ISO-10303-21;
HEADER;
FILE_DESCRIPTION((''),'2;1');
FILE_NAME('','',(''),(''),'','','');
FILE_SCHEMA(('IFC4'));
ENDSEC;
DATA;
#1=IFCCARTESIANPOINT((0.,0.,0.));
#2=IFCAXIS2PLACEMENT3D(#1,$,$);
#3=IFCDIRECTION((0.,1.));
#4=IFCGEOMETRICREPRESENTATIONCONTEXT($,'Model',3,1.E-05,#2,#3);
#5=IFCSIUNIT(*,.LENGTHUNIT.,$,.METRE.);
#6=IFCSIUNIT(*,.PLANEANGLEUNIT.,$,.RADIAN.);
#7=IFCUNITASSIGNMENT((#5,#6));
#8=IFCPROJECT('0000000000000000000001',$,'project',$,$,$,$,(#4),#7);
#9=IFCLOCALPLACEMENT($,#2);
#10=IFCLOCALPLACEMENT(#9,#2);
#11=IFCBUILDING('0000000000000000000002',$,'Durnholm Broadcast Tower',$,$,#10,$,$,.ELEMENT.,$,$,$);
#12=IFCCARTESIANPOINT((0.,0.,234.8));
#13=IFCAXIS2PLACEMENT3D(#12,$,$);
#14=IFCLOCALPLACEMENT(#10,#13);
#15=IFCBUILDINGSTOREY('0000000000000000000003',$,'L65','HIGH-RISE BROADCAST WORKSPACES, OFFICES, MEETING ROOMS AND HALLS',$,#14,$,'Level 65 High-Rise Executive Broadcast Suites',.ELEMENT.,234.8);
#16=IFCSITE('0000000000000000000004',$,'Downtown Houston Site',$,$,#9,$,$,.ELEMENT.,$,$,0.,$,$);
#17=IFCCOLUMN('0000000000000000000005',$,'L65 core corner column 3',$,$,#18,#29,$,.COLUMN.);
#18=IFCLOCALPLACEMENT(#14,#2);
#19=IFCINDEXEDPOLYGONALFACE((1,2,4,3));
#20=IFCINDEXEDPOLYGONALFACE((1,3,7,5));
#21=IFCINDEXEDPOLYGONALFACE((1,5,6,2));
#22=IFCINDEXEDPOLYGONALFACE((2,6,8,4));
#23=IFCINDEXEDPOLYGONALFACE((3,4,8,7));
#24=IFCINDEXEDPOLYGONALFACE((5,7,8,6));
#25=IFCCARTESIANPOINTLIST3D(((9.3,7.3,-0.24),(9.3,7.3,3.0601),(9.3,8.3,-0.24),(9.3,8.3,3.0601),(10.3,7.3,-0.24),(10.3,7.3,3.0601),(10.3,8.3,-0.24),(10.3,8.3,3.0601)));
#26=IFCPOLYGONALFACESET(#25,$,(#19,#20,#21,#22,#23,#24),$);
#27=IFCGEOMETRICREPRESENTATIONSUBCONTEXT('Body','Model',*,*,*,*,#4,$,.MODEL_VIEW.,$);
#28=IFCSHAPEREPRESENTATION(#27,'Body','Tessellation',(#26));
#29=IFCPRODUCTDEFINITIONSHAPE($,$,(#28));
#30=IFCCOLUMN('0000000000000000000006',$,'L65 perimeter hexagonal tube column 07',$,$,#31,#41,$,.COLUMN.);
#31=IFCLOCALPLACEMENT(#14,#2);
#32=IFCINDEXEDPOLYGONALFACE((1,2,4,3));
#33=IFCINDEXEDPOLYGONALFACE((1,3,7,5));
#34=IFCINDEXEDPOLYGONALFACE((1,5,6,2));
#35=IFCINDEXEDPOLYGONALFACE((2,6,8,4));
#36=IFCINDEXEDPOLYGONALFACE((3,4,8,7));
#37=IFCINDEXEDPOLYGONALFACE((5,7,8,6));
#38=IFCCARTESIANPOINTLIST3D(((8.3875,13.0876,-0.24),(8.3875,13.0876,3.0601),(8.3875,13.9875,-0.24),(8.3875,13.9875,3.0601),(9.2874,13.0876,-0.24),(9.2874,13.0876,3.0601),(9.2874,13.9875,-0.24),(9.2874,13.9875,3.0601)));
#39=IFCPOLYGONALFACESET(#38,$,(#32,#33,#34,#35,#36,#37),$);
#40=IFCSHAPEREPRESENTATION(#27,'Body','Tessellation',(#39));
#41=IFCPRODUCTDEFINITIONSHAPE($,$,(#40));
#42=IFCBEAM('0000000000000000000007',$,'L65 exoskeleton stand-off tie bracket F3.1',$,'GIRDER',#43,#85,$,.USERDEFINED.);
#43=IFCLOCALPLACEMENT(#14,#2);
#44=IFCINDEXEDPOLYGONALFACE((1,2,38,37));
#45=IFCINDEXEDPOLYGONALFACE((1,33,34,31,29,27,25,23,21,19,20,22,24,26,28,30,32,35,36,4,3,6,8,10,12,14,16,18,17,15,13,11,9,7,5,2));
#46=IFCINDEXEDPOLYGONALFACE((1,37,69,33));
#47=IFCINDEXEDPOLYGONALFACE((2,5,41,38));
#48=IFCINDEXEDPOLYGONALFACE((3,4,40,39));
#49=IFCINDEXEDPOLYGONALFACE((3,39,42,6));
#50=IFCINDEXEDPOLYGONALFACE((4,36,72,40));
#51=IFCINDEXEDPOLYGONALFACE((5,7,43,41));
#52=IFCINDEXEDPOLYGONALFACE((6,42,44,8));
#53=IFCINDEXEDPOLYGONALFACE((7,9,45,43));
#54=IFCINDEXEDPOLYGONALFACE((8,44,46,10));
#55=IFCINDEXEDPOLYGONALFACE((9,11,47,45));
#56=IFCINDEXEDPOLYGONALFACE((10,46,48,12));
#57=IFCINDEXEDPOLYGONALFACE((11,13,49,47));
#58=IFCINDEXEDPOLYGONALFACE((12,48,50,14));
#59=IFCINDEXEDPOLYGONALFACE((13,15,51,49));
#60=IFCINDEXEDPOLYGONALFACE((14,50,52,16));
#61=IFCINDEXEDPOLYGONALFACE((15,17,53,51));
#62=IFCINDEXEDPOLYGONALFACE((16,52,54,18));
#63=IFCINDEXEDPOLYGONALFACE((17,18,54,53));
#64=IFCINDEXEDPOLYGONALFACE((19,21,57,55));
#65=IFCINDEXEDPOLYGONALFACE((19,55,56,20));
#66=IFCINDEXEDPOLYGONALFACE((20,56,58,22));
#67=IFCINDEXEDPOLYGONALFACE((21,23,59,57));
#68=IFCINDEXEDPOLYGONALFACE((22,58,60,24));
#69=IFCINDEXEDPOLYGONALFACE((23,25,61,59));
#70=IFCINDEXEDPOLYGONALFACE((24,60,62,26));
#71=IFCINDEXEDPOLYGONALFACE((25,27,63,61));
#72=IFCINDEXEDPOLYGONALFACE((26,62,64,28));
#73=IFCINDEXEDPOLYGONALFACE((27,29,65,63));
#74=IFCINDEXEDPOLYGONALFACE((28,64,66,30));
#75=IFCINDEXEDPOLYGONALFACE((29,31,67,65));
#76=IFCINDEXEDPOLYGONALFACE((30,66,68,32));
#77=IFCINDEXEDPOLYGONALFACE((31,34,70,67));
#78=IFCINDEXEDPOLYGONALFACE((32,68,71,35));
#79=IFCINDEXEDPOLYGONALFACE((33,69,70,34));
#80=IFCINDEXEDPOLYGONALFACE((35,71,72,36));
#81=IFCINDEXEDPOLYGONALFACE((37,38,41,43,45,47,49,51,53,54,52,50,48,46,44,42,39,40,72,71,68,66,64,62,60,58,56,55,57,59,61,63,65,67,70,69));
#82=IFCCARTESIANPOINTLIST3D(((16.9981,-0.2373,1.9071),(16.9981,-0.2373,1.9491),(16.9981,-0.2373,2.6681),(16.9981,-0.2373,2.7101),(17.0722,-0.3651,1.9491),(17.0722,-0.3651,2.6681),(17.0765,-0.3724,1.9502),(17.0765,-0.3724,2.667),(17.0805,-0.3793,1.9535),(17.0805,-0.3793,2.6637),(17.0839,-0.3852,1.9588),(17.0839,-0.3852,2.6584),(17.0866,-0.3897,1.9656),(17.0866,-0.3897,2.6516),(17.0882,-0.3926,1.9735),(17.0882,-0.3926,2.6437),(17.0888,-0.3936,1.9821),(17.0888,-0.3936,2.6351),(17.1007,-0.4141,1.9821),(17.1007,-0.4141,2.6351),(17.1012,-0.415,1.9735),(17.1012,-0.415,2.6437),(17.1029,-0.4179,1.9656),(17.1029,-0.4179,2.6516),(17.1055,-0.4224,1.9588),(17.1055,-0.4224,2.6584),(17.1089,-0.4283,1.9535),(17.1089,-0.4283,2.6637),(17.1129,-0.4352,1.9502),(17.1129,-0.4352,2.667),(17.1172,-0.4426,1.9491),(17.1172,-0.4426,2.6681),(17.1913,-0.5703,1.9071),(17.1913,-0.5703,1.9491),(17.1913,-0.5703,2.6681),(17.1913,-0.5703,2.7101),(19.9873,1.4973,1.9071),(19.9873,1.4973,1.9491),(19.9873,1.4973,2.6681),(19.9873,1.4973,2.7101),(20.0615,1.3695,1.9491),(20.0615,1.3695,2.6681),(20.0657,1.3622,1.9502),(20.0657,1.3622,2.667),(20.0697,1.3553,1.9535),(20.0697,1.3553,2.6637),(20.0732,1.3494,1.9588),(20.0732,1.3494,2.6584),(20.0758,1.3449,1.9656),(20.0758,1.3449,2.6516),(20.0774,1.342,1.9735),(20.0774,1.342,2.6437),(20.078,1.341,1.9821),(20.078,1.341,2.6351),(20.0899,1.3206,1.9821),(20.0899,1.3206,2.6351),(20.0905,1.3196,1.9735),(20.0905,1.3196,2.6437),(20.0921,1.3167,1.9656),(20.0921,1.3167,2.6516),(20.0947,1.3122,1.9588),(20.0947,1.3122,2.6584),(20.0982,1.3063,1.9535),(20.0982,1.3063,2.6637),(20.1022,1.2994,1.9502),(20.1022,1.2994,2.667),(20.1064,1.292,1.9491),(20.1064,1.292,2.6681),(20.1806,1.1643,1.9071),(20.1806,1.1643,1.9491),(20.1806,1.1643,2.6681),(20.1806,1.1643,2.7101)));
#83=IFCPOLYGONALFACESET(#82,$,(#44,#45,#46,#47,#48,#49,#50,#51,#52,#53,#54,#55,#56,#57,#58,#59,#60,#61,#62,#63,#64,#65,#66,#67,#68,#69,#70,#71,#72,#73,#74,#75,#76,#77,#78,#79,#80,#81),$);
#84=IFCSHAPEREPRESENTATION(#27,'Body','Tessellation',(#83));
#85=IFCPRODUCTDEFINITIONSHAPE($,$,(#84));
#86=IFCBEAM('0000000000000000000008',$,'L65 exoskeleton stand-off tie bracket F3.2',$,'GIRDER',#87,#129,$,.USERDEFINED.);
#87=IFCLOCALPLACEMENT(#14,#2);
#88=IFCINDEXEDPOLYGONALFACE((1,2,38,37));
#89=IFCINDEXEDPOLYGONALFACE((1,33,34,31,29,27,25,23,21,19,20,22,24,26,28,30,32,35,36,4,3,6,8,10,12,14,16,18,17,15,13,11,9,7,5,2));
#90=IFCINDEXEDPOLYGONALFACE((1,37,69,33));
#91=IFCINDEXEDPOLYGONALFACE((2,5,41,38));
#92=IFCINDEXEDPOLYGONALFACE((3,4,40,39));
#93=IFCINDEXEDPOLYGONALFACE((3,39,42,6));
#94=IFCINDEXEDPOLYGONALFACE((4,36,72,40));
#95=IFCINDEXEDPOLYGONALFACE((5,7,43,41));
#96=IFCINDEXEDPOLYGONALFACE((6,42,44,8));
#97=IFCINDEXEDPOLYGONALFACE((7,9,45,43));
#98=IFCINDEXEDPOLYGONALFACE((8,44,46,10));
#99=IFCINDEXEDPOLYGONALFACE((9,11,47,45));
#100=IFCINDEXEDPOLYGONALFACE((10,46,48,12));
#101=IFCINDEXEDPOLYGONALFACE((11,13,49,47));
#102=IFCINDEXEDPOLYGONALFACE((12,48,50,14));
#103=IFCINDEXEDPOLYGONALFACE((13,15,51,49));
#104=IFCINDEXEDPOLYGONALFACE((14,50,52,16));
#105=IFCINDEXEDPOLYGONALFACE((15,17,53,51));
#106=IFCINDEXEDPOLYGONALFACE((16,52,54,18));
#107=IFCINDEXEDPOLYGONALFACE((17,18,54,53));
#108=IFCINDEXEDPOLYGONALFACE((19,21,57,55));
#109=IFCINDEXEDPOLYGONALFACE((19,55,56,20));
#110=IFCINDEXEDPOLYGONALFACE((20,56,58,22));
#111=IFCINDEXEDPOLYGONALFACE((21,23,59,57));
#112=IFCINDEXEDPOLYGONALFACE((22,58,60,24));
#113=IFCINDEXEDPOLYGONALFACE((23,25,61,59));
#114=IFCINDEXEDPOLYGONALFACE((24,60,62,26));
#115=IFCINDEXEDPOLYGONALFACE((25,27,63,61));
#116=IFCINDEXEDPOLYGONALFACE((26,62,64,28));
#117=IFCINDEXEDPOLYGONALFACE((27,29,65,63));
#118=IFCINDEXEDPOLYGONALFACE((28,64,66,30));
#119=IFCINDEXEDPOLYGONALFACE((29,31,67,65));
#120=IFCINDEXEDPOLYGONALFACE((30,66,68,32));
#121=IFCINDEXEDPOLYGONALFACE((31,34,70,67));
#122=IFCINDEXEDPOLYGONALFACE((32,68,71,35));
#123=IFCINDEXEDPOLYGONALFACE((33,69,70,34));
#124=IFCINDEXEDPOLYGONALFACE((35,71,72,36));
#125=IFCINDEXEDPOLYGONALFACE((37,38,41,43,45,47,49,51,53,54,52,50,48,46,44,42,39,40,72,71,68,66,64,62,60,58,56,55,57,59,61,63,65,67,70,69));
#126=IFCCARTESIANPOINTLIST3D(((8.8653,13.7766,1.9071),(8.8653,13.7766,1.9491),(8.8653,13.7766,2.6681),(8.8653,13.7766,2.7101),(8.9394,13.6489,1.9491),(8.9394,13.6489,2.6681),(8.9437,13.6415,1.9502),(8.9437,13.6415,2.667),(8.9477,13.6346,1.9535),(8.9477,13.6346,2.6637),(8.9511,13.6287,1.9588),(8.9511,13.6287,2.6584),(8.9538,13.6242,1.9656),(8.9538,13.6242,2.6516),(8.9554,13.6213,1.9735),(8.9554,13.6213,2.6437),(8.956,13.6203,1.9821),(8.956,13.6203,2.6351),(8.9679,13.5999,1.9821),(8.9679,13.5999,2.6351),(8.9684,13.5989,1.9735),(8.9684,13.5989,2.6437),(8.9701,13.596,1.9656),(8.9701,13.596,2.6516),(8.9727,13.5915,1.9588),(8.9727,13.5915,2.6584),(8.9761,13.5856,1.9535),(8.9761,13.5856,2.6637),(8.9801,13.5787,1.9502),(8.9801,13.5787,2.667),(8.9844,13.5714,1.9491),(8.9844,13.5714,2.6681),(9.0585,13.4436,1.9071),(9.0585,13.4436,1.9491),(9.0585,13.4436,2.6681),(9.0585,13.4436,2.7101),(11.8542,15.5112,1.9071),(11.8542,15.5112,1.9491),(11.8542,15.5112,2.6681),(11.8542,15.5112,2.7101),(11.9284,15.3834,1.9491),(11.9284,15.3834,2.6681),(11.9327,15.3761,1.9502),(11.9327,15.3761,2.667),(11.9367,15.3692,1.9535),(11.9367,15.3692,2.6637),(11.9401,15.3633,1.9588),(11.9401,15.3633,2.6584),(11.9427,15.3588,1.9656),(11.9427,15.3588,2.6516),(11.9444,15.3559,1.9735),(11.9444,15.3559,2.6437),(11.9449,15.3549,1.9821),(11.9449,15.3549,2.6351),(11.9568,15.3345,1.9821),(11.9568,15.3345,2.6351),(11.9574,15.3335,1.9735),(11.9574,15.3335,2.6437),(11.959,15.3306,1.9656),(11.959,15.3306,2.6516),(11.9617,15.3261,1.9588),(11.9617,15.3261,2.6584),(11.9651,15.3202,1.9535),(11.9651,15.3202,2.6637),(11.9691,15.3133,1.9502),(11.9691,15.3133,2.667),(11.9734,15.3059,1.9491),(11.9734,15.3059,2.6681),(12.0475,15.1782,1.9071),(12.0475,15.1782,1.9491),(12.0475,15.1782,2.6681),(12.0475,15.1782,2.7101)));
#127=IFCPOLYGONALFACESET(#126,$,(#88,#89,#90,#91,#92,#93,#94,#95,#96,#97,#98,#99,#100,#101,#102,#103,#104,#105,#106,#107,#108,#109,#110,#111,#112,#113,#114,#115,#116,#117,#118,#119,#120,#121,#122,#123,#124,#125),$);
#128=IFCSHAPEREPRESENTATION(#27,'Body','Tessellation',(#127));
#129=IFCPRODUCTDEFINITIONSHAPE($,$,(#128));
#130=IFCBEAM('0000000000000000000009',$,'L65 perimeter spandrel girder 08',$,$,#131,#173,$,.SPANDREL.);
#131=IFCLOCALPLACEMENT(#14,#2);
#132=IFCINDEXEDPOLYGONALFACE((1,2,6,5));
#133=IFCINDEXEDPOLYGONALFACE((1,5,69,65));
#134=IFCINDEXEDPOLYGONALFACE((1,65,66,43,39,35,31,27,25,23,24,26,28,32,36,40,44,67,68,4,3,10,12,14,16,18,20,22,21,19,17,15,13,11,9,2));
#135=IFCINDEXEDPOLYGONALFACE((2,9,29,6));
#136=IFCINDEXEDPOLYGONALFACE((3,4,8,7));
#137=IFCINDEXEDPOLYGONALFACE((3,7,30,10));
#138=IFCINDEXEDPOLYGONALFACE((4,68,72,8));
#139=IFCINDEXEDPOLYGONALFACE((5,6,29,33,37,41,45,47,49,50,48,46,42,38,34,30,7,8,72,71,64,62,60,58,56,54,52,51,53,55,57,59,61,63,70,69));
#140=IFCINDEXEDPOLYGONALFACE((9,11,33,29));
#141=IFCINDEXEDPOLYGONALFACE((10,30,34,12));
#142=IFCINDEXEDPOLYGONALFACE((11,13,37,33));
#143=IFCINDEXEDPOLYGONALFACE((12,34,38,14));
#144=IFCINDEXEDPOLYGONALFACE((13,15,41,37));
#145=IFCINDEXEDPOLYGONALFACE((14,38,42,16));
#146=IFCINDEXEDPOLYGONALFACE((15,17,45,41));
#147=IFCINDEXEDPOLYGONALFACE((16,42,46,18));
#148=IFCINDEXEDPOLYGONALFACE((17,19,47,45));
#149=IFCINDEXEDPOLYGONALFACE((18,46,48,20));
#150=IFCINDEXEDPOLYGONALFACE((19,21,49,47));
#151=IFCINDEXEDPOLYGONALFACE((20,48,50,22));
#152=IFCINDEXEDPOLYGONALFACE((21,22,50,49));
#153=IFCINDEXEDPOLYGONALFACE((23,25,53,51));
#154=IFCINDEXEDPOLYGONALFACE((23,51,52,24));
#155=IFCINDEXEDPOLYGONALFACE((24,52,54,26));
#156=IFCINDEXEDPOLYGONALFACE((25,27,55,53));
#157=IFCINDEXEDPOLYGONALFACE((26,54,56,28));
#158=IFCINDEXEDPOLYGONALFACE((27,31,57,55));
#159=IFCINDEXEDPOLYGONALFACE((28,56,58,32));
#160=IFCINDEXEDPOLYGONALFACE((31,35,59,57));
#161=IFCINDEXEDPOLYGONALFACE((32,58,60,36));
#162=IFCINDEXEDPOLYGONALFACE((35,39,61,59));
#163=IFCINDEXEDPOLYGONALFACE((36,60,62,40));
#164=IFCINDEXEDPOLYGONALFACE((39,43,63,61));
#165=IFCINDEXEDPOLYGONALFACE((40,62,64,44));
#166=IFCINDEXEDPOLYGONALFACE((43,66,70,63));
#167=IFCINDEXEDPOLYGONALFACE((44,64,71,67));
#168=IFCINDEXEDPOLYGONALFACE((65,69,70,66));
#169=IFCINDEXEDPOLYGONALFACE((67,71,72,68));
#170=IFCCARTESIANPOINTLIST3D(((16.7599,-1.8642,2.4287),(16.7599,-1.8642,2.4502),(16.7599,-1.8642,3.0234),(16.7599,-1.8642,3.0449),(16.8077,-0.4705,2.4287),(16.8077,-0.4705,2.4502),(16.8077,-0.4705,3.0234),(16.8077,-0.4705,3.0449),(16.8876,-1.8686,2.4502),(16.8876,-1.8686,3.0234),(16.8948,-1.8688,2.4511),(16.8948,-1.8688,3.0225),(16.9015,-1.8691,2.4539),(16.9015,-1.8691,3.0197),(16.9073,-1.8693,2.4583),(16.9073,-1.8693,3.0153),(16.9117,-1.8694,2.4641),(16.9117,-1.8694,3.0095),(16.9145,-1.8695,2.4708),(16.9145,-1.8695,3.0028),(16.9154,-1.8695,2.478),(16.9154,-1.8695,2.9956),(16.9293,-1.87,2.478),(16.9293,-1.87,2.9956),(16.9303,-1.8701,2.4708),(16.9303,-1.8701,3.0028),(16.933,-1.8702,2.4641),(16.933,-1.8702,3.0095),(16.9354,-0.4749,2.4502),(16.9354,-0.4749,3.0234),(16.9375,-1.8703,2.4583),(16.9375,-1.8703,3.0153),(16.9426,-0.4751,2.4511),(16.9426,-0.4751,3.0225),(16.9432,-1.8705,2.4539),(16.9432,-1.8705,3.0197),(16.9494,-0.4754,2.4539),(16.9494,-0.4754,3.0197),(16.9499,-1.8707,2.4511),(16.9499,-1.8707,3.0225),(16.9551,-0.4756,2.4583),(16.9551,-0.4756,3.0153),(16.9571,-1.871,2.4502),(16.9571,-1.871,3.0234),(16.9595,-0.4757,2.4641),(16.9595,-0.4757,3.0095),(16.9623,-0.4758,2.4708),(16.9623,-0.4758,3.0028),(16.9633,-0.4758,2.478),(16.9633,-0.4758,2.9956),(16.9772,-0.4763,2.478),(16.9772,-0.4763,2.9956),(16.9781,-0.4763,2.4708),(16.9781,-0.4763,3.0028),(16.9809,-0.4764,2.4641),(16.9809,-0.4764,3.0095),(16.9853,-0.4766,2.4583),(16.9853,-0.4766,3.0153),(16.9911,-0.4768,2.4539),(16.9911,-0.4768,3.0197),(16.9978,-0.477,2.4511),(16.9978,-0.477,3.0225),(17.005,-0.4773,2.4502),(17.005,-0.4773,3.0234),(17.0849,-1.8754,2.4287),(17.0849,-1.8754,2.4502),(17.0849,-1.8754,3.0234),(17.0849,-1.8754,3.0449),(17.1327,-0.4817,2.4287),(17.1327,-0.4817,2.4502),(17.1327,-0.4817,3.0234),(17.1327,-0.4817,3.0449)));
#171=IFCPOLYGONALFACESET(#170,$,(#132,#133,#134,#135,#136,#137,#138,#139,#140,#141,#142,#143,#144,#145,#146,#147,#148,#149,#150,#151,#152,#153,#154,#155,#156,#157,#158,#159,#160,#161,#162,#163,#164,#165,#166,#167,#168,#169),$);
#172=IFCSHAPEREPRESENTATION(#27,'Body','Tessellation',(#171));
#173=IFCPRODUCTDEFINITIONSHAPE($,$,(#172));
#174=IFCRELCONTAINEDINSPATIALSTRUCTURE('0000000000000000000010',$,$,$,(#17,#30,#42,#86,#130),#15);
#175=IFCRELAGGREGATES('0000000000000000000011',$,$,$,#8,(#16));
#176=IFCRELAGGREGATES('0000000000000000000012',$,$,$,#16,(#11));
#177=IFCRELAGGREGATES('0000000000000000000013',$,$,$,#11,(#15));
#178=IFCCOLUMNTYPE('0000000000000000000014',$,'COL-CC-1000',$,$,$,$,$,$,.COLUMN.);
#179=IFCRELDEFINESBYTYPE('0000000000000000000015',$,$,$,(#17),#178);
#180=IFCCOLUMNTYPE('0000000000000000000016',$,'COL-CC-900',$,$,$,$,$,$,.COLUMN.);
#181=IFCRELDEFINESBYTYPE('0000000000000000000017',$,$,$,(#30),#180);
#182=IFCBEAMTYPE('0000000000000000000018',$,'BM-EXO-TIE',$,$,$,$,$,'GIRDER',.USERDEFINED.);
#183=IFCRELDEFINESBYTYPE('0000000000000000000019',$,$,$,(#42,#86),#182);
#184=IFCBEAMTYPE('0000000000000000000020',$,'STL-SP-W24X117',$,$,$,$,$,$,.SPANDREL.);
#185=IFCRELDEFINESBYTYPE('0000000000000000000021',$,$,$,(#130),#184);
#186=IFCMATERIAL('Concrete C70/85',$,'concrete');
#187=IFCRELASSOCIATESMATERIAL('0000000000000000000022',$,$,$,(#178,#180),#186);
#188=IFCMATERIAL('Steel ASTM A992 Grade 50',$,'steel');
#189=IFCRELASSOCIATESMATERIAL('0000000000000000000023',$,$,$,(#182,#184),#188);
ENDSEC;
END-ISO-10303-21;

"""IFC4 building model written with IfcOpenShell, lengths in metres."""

from ifc_helpers import new_model, si_unit, direction, frame, origin, origin_2d, place, context, subcontext, project, spatial, rectangle, i_section, extrude, source, transform, mapped, material, material_profile, profile_set, type_object, type_shapes, element, save


model = new_model("IFC4")

# Units and contexts
model_context = context("Model", 3, precision=1e-05, world=origin(), true_north=direction((0.0, 1.0)))
body_context = subcontext(model_context, "Body", "Model", "MODEL_VIEW")
ifc_project = project(units=[si_unit("LENGTHUNIT", "METRE"), si_unit("PLANEANGLEUNIT", "RADIAN")], contexts=[model_context])

# Site, building, storey
site_placement = place(None, origin())
site = spatial("IfcSite", under=ifc_project, at=site_placement, Name="Downtown Houston Site", CompositionType="ELEMENT", RefElevation=0.0)
building_placement = place(site_placement, origin())
building = spatial("IfcBuilding", under=site, at=building_placement, Name="Durnholm Broadcast Tower", CompositionType="ELEMENT")
storey_placement = place(building_placement, frame((0.0, 0.0, 234.8)))
storey = spatial("IfcBuildingStorey", under=building, at=storey_placement, Name="L65", Description="HIGH-RISE BROADCAST WORKSPACES, OFFICES, MEETING ROOMS AND HALLS", LongName="Level 65 High-Rise Executive Broadcast Suites", CompositionType="ELEMENT", Elevation=234.8)

# Columns
ifc_material_1 = material(Name="Concrete C70/85", Category="concrete")
ifc_material_profile_1 = material_profile(ifc_material_1, rectangle(XDim=1.0, YDim=1.0, at=origin_2d()), Name="RC1000X1000")
ifc_profile_set_1 = profile_set([ifc_material_profile_1], Name="Concrete C70/85")
column_type_1 = type_object("IfcColumnType", Name="COL-CC-1000", PredefinedType="COLUMN", material=ifc_profile_set_1)
shared_shape_1 = source(origin(), body_context, "Body", "SweptSolid", [
    extrude(rectangle(XDim=1.0, YDim=1.0, at=origin_2d()), origin(), (0.0, 0.0, 1.0), 3.3),
])
type_shapes(column_type_1, [shared_shape_1])
column_1_placement = place(storey_placement, frame((9.8, 7.8, -0.24), z_axis=(0.0, 0.0, 1.0), x_axis=(1.0, 0.0, 0.0)))
element("IfcColumn", 1, at=column_1_placement, inside=storey, type_object=column_type_1, Name="L65 core corner column 3", PredefinedType="COLUMN", context=body_context, shape_type="MappedRepresentation", body=[
    mapped(shared_shape_1, transform((0.0, 0.0, 0.0), x_axis=(1.0, 0.0, 0.0), y_axis=(0.0, 1.0, 0.0), z_axis=(0.0, 0.0, 1.0), scale=1.0)),
])
ifc_material_profile_2 = material_profile(ifc_material_1, rectangle(XDim=0.8999, YDim=0.8999, at=origin_2d()), Name="RC900X900")
ifc_profile_set_2 = profile_set([ifc_material_profile_2], Name="Concrete C70/85")
column_type_2 = type_object("IfcColumnType", Name="COL-CC-900", PredefinedType="COLUMN", material=ifc_profile_set_2)
shared_shape_2 = source(origin(), body_context, "Body", "SweptSolid", [
    extrude(rectangle(XDim=0.8999, YDim=0.8999, at=origin_2d()), origin(), (0.0, 0.0, 1.0), 3.3),
])
type_shapes(column_type_2, [shared_shape_2])
column_2_placement = place(storey_placement, frame((8.8374, 13.5376, -0.24), z_axis=(0.0, 0.0, 1.0), x_axis=(1.0, 0.0, 0.0)))
element("IfcColumn", 2, at=column_2_placement, inside=storey, type_object=column_type_2, Name="L65 perimeter hexagonal tube column 07", PredefinedType="COLUMN", context=body_context, shape_type="MappedRepresentation", body=[
    mapped(shared_shape_2, transform((0.0, 0.0, 0.0), x_axis=(1.0, 0.0, 0.0), y_axis=(0.0, 1.0, 0.0), z_axis=(0.0, 0.0, 1.0), scale=1.0)),
])

# Beams
ifc_material_2 = material(Name="Steel ASTM A992 Grade 50", Category="steel")
ifc_material_profile_3 = material_profile(ifc_material_2, i_section(OverallWidth=0.385, OverallDepth=0.803, WebThickness=0.0237, FlangeThickness=0.042, FilletRadius=0.033, at=origin_2d()), Name="W30X261")
ifc_profile_set_3 = profile_set([ifc_material_profile_3], Name="Steel ASTM A992 Grade 50")
beam_type_1 = type_object("IfcBeamType", Name="BM-EXO-TIE", ElementType="GIRDER", PredefinedType="USERDEFINED", material=ifc_profile_set_3)
shared_shape_3 = source(origin(), body_context, "Body", "SweptSolid", [
    extrude(i_section(OverallWidth=0.385, OverallDepth=0.803, WebThickness=0.0237, FlangeThickness=0.042, FilletRadius=0.033, at=origin_2d()), origin(), (0.0, 0.0, 1.0), 3.4561),
])
beam_1_placement = place(storey_placement, frame((17.0947, -0.4038, 2.3086), z_axis=(0.864924, 0.501902, 0.0), x_axis=(-0.501902, 0.864924, 0.0)))
element("IfcBeam", 3, at=beam_1_placement, inside=storey, type_object=beam_type_1, Name="L65 exoskeleton stand-off tie bracket F3.1", ObjectType="GIRDER", PredefinedType="USERDEFINED", context=body_context, shape_type="MappedRepresentation", body=[
    mapped(shared_shape_3, transform((0.0, 0.0, 0.0), x_axis=(1.0, 0.0, 0.0), y_axis=(0.0, 1.0, 0.0), z_axis=(0.0, 0.0, 1.0), scale=1.0)),
])
shared_shape_4 = source(origin(), body_context, "Body", "SweptSolid", [
    extrude(i_section(OverallWidth=0.385, OverallDepth=0.803, WebThickness=0.0237, FlangeThickness=0.042, FilletRadius=0.033, at=origin_2d()), origin(), (0.0, 0.0, 1.0), 3.4558),
])
beam_2_placement = place(storey_placement, frame((8.9619, 13.6101, 2.3086), z_axis=(0.864907, 0.501933, 0.0), x_axis=(-0.501933, 0.864907, 0.0)))
element("IfcBeam", 4, at=beam_2_placement, inside=storey, type_object=beam_type_1, Name="L65 exoskeleton stand-off tie bracket F3.2", ObjectType="GIRDER", PredefinedType="USERDEFINED", context=body_context, shape_type="MappedRepresentation", body=[
    mapped(shared_shape_4, transform((0.0, 0.0, 0.0), x_axis=(1.0, 0.0, 0.0), y_axis=(0.0, 1.0, 0.0), z_axis=(0.0, 0.0, 1.0), scale=1.0)),
])
ifc_material_profile_4 = material_profile(ifc_material_2, i_section(OverallWidth=0.3252, OverallDepth=0.6162, WebThickness=0.0139, FlangeThickness=0.0215, FilletRadius=0.0278, at=origin_2d()), Name="W24X117")
ifc_profile_set_4 = profile_set([ifc_material_profile_4], Name="Steel ASTM A992 Grade 50")
beam_type_2 = type_object("IfcBeamType", Name="STL-SP-W24X117", PredefinedType="SPANDREL", material=ifc_profile_set_4)
shared_shape_5 = source(origin(), body_context, "Body", "SweptSolid", [
    extrude(i_section(OverallWidth=0.3252, OverallDepth=0.6162, WebThickness=0.0139, FlangeThickness=0.0215, FilletRadius=0.0278, at=origin_2d()), origin(), (0.0, 0.0, 1.0), 1.3945),
])
beam_3_placement = place(storey_placement, frame((16.9702, -0.4761, 2.7368), z_axis=(-0.034312, -0.999411, 0.0), x_axis=(0.999411, -0.034312, 0.0)))
element("IfcBeam", 5, at=beam_3_placement, inside=storey, type_object=beam_type_2, Name="L65 perimeter spandrel girder 08", PredefinedType="SPANDREL", context=body_context, shape_type="MappedRepresentation", body=[
    mapped(shared_shape_5, transform((0.0, 0.0, 0.0), x_axis=(1.0, 0.0, 0.0), y_axis=(0.0, 1.0, 0.0), z_axis=(0.0, 0.0, 1.0), scale=1.0)),
])

save(model, "model.ifc")
